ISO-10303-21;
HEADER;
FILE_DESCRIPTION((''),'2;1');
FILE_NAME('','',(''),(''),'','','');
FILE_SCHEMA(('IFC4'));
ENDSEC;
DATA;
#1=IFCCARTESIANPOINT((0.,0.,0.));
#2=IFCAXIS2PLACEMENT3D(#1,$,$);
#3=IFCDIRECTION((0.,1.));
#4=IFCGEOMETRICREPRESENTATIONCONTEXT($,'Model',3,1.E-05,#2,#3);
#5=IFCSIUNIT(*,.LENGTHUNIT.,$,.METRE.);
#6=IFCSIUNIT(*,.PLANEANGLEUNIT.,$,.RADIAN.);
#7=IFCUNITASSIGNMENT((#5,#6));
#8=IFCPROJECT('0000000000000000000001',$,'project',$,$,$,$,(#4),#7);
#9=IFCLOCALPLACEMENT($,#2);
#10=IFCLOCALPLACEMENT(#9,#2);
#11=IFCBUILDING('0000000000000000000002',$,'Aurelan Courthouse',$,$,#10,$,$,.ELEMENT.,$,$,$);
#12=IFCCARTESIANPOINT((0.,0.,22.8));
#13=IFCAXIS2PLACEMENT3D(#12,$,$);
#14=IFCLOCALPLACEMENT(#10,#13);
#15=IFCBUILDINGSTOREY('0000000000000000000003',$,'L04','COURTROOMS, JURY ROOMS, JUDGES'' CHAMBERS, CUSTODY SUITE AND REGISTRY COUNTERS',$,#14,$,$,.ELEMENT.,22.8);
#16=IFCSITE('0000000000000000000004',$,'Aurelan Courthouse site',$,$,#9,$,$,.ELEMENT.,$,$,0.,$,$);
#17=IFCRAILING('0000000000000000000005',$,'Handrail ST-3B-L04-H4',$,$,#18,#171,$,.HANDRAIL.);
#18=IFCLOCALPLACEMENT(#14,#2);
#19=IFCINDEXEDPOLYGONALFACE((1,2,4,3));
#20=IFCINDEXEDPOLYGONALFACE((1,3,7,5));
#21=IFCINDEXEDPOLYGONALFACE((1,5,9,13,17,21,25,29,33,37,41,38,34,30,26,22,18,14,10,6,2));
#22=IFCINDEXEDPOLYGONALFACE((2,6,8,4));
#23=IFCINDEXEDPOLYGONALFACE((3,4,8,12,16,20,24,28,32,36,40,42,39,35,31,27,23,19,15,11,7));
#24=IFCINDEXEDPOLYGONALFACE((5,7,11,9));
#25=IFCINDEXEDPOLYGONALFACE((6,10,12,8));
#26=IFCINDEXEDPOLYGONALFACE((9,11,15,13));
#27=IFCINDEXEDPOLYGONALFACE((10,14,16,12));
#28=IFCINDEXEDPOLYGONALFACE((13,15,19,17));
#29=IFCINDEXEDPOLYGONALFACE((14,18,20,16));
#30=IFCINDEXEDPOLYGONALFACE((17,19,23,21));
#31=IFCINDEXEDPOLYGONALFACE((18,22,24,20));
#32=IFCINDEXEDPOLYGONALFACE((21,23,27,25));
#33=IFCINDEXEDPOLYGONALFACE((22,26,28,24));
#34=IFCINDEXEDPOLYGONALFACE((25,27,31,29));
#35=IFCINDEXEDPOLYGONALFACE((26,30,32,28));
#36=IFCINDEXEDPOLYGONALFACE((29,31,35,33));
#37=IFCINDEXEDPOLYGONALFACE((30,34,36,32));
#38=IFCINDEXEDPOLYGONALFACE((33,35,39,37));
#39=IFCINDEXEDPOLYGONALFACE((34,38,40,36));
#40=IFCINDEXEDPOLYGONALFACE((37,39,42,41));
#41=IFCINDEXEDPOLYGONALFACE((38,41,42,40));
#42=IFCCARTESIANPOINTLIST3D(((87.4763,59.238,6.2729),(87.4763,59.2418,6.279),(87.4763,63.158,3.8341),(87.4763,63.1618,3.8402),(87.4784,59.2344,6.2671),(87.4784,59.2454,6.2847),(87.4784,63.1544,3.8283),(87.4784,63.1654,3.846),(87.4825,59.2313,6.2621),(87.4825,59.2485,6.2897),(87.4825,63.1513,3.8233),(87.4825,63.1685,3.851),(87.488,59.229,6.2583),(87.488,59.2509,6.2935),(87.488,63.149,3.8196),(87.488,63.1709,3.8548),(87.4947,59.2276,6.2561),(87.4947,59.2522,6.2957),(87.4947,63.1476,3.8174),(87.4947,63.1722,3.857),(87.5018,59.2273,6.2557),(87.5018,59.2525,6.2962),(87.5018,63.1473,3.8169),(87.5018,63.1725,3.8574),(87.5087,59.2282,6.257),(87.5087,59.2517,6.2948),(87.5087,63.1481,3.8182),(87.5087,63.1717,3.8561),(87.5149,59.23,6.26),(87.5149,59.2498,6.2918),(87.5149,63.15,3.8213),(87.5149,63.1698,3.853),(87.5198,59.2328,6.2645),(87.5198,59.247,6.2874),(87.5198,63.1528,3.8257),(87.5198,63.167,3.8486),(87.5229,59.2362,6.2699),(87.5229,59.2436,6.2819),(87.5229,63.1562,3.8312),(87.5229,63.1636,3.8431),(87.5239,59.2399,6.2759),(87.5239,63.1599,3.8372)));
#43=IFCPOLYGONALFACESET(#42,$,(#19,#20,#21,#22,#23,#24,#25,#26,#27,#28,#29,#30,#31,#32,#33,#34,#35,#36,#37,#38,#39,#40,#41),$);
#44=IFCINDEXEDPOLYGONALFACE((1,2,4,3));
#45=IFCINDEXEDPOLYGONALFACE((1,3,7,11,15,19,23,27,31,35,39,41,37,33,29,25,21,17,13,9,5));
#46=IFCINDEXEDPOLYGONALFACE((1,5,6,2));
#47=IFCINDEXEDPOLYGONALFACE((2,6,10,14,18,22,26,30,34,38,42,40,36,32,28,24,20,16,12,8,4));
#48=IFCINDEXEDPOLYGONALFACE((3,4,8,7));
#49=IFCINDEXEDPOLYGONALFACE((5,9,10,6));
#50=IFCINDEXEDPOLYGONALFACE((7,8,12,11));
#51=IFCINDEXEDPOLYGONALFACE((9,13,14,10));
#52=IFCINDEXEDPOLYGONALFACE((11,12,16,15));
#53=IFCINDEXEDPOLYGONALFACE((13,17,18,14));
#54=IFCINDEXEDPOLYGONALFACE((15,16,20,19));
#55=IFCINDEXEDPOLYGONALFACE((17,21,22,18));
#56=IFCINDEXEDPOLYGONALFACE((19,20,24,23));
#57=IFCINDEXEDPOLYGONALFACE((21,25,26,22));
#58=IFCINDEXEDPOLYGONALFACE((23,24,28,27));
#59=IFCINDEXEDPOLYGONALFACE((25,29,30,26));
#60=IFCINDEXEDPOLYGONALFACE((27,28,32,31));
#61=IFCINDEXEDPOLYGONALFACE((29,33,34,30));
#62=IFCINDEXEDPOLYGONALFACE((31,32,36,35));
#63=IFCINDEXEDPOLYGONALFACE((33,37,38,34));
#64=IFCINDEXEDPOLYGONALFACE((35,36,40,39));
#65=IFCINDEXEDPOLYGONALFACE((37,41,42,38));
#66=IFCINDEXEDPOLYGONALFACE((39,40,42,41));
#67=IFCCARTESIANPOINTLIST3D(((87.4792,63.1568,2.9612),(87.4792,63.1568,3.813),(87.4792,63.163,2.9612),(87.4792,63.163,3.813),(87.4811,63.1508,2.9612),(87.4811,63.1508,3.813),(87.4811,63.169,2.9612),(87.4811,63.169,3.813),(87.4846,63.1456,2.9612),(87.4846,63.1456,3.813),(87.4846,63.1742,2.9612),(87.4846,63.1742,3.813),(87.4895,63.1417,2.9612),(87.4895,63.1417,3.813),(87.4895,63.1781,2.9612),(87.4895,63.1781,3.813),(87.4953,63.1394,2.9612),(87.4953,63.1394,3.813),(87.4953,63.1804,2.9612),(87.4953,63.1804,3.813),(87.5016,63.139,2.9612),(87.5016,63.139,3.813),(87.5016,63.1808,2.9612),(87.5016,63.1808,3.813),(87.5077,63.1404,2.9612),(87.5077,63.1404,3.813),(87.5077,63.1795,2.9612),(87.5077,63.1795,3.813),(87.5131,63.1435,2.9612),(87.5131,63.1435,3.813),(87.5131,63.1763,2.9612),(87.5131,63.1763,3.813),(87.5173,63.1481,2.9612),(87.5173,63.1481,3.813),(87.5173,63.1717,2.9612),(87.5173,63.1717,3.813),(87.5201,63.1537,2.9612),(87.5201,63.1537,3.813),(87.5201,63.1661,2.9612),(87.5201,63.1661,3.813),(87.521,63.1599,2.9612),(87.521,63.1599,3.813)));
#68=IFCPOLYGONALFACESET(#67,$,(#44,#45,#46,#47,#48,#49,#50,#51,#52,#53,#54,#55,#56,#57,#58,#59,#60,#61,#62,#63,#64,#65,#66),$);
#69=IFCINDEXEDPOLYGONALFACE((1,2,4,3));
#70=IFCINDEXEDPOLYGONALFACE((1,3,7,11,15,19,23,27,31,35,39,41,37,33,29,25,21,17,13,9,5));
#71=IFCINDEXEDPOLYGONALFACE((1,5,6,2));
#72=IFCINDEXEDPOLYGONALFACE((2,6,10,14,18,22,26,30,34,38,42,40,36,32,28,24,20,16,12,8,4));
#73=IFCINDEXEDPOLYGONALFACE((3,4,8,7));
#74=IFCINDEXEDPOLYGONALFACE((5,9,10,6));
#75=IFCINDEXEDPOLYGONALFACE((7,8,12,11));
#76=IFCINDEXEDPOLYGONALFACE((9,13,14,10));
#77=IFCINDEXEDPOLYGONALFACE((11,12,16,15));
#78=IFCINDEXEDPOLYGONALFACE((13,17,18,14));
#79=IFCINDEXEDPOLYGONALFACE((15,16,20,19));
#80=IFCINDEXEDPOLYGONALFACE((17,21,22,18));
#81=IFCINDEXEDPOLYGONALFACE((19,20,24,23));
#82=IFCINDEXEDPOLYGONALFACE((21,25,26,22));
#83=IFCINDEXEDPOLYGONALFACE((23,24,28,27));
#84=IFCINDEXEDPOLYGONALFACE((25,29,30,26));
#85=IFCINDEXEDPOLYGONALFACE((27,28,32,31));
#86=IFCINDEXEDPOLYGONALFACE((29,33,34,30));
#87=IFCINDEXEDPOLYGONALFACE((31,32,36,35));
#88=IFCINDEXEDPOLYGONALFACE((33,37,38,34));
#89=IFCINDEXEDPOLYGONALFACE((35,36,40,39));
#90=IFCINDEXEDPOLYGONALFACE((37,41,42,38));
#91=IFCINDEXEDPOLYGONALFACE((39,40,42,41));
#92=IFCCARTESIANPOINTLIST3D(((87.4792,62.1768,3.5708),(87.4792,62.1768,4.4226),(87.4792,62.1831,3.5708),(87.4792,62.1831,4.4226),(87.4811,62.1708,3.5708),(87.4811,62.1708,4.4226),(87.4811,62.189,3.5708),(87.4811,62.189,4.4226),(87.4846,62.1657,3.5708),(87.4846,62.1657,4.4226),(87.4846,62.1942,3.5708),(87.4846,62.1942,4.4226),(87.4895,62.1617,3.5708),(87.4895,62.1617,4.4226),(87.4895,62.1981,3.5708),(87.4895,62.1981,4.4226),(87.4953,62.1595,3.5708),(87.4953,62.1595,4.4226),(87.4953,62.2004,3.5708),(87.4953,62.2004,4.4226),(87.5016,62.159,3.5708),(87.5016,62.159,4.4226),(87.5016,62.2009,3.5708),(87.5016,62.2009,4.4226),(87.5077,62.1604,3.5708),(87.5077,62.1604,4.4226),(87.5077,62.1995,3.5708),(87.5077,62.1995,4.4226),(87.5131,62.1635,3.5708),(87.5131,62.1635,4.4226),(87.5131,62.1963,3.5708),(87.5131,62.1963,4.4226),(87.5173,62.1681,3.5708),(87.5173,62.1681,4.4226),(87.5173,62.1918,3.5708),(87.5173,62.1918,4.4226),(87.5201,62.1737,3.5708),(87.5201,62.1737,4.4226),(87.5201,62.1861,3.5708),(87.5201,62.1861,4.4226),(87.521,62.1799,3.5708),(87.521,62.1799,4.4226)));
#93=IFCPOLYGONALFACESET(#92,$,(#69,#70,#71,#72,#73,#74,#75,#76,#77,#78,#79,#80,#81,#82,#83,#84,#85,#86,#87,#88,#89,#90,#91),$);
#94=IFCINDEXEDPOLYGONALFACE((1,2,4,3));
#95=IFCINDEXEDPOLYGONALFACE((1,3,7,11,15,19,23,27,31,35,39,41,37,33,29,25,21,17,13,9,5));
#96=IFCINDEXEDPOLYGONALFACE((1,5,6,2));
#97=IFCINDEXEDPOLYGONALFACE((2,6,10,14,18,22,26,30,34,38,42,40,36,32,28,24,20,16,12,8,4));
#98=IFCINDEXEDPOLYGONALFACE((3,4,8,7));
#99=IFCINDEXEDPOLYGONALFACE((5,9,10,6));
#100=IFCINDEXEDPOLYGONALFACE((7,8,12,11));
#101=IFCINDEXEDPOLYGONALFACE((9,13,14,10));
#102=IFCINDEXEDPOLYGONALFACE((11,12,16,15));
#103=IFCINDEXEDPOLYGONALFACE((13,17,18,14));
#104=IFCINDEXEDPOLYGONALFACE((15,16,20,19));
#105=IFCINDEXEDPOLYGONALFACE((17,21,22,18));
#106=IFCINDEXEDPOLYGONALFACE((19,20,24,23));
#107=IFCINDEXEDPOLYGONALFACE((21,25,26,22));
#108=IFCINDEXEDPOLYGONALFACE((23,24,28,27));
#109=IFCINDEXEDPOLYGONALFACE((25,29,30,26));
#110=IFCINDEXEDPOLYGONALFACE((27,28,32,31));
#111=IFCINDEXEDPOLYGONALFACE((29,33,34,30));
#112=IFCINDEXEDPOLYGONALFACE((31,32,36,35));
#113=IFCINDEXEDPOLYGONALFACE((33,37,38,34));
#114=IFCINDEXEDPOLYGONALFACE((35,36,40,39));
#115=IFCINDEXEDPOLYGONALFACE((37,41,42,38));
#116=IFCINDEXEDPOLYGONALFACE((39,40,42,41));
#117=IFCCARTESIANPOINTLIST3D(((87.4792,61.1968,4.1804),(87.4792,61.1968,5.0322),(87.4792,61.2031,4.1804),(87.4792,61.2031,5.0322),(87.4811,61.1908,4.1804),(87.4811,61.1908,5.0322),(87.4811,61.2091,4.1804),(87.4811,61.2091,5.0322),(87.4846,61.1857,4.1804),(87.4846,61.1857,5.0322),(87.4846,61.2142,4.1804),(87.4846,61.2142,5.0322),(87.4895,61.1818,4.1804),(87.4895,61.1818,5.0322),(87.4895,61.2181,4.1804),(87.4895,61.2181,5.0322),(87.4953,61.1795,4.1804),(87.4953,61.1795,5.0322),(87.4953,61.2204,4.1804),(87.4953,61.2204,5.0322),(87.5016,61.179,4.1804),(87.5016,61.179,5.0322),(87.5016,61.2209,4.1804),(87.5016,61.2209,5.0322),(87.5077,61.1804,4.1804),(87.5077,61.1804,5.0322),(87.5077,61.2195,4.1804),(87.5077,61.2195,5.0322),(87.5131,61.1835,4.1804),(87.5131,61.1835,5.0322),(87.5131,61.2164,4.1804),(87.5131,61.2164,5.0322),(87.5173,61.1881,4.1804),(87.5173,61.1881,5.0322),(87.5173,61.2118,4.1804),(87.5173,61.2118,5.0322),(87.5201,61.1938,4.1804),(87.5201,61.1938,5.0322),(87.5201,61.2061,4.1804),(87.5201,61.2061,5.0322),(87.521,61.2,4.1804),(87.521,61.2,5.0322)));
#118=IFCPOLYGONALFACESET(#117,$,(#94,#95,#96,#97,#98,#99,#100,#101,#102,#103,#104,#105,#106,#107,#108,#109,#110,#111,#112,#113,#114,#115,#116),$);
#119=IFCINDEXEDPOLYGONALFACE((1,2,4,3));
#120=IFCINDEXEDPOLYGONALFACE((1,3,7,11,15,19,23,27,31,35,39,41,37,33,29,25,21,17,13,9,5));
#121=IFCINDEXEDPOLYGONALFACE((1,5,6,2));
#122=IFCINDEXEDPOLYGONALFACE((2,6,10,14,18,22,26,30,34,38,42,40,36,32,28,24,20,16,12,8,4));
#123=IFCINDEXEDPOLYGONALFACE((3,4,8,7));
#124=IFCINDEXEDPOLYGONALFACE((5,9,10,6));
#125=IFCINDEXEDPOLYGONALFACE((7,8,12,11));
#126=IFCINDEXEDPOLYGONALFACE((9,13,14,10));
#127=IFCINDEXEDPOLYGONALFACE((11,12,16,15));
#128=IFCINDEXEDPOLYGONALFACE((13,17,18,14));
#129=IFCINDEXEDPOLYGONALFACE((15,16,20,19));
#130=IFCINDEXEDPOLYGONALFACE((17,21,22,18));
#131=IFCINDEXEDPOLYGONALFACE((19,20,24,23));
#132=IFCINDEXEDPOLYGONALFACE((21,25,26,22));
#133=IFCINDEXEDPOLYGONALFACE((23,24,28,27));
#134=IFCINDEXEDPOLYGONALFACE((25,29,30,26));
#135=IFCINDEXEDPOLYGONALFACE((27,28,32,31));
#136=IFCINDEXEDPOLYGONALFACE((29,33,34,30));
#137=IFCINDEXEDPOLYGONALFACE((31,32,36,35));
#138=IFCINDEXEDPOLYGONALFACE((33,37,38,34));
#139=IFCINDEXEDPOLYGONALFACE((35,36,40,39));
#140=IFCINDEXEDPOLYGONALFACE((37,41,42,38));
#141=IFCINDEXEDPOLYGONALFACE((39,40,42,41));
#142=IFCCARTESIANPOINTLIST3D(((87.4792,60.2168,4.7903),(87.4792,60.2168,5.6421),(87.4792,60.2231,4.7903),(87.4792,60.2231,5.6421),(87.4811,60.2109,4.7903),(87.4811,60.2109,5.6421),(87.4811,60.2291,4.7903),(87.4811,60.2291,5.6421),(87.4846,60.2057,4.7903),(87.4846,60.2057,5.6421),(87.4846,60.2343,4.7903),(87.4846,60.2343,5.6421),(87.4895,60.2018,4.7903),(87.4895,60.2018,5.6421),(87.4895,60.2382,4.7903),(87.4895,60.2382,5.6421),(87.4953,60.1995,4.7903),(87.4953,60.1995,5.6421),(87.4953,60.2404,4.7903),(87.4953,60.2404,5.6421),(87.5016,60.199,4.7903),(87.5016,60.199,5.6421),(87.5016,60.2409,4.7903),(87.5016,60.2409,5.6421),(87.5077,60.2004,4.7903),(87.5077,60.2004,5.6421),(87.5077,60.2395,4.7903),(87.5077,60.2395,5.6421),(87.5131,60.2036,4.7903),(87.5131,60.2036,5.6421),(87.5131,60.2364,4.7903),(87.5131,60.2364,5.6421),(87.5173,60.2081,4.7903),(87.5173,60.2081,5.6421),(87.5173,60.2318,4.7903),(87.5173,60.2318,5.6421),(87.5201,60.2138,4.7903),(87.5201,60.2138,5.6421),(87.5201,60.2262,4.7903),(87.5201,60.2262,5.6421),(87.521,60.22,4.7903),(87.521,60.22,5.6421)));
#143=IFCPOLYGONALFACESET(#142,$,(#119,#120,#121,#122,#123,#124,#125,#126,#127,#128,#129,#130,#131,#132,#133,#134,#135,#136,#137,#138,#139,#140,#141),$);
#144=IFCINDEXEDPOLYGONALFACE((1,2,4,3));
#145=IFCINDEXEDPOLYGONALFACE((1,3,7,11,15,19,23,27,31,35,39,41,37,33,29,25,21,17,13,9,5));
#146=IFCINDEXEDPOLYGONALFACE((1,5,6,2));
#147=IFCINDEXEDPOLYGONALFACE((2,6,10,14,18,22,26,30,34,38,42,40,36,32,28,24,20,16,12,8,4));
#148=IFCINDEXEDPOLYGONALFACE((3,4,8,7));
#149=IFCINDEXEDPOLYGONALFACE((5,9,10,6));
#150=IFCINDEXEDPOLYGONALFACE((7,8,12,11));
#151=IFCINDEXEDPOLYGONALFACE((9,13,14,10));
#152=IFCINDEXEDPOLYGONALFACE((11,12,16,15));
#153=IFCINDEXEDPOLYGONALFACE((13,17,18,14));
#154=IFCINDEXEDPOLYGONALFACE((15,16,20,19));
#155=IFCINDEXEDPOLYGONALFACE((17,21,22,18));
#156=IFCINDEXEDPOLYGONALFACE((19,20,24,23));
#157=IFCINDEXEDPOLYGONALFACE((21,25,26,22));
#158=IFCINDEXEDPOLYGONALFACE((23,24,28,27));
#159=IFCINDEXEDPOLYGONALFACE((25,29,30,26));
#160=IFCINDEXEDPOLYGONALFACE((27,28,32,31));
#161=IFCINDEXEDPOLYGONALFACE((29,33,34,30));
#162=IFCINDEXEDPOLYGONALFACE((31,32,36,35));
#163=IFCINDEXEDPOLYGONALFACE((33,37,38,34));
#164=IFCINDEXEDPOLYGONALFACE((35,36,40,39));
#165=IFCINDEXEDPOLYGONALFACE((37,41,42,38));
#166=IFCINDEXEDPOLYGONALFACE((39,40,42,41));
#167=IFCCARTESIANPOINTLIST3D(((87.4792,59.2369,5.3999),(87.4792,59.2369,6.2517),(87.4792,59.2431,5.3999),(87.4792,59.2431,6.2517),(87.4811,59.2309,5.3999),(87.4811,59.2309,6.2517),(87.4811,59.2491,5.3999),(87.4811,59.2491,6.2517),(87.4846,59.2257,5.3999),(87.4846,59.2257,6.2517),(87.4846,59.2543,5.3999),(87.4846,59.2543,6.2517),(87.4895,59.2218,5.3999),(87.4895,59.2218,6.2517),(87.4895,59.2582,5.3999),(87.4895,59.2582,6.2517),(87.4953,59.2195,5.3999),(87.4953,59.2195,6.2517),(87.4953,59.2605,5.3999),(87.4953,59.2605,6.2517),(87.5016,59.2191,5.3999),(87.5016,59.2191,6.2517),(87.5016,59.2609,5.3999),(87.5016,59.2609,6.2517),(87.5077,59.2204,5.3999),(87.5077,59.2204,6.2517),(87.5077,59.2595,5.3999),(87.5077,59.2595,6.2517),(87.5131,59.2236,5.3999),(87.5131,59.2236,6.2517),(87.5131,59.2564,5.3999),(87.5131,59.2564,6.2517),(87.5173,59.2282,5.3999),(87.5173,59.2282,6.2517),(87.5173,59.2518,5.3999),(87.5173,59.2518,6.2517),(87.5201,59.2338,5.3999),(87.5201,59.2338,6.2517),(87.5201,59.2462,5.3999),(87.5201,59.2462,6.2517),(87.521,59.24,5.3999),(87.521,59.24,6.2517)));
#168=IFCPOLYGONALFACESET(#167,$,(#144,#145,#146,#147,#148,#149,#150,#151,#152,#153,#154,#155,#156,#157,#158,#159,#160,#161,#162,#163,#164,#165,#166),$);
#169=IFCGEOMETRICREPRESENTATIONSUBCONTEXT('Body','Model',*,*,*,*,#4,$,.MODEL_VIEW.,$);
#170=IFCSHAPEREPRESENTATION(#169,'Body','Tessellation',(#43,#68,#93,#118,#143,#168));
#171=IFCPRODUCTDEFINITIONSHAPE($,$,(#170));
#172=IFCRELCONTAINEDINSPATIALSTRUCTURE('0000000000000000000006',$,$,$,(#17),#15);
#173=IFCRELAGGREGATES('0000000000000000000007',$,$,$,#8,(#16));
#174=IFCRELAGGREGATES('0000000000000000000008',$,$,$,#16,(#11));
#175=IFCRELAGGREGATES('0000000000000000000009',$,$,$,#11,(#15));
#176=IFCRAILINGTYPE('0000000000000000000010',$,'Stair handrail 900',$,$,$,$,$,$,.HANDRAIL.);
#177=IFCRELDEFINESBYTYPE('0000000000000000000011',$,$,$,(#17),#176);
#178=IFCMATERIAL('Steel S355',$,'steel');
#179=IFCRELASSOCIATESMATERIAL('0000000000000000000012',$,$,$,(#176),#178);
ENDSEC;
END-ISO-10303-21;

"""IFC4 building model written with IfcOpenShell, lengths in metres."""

from ifc_helpers import new_model, si_unit, direction, frame, origin, origin_2d, place, context, subcontext, project, spatial, circle, extrude, material, type_object, element, save


model = new_model("IFC4")

# Units and contexts
model_context = context("Model", 3, precision=1e-05, world=origin(), true_north=direction((0.0, 1.0)))
body_context = subcontext(model_context, "Body", "Model", "MODEL_VIEW")
ifc_project = project(units=[si_unit("LENGTHUNIT", "METRE"), si_unit("PLANEANGLEUNIT", "RADIAN")], contexts=[model_context])

# Site, building, storey
site_placement = place(None, origin())
site = spatial("IfcSite", under=ifc_project, at=site_placement, Name="Aurelan Courthouse site", CompositionType="ELEMENT", RefElevation=0.0)
building_placement = place(site_placement, origin())
building = spatial("IfcBuilding", under=site, at=building_placement, Name="Aurelan Courthouse", CompositionType="ELEMENT")
storey_placement = place(building_placement, frame((0.0, 0.0, 22.8)))
storey = spatial("IfcBuildingStorey", under=building, at=storey_placement, Name="L04", Description="COURTROOMS, JURY ROOMS, JUDGES' CHAMBERS, CUSTODY SUITE AND REGISTRY COUNTERS", CompositionType="ELEMENT", Elevation=22.8)

# Railing
ifc_material_1 = material(Name="Steel S355", Category="steel")
railing_type_1 = type_object("IfcRailingType", Name="Stair handrail 900", PredefinedType="HANDRAIL", material=ifc_material_1)
for number, where, name in (
    (1, (87.5, 63.1599, 2.9612), "Handrail ST-3B-L04-H4"),
):
    element("IfcRailing", number, at=place(storey_placement, frame(where)), inside=storey, type_object=railing_type_1, Name=name, PredefinedType="HANDRAIL", context=body_context, shape_type="SweptSolid", body=[
        extrude(circle(Radius=0.0239, at=origin_2d()), frame((0.0, 0.0, 0.876), z_axis=(0.0, -0.84909, 0.528249), x_axis=(1.0, 0.0, 0.0)), (0.0, 0.0, 1.0), 4.6167),
        extrude(circle(Radius=0.021, at=origin_2d()), origin(), (0.0, 0.0, 1.0), 0.8518),
        extrude(circle(Radius=0.021, at=origin_2d()), frame((0.0, -0.98, 0.6096)), (0.0, 0.0, 1.0), 0.8518),
        extrude(circle(Radius=0.021, at=origin_2d()), frame((0.0, -1.96, 1.2192)), (0.0, 0.0, 1.0), 0.8518),
        extrude(circle(Radius=0.021, at=origin_2d()), frame((0.0, -2.9399, 1.8291)), (0.0, 0.0, 1.0), 0.8518),
        extrude(circle(Radius=0.021, at=origin_2d()), frame((0.0, -3.9199, 2.4387)), (0.0, 0.0, 1.0), 0.8518),
    ])

save(model, "model.ifc")
